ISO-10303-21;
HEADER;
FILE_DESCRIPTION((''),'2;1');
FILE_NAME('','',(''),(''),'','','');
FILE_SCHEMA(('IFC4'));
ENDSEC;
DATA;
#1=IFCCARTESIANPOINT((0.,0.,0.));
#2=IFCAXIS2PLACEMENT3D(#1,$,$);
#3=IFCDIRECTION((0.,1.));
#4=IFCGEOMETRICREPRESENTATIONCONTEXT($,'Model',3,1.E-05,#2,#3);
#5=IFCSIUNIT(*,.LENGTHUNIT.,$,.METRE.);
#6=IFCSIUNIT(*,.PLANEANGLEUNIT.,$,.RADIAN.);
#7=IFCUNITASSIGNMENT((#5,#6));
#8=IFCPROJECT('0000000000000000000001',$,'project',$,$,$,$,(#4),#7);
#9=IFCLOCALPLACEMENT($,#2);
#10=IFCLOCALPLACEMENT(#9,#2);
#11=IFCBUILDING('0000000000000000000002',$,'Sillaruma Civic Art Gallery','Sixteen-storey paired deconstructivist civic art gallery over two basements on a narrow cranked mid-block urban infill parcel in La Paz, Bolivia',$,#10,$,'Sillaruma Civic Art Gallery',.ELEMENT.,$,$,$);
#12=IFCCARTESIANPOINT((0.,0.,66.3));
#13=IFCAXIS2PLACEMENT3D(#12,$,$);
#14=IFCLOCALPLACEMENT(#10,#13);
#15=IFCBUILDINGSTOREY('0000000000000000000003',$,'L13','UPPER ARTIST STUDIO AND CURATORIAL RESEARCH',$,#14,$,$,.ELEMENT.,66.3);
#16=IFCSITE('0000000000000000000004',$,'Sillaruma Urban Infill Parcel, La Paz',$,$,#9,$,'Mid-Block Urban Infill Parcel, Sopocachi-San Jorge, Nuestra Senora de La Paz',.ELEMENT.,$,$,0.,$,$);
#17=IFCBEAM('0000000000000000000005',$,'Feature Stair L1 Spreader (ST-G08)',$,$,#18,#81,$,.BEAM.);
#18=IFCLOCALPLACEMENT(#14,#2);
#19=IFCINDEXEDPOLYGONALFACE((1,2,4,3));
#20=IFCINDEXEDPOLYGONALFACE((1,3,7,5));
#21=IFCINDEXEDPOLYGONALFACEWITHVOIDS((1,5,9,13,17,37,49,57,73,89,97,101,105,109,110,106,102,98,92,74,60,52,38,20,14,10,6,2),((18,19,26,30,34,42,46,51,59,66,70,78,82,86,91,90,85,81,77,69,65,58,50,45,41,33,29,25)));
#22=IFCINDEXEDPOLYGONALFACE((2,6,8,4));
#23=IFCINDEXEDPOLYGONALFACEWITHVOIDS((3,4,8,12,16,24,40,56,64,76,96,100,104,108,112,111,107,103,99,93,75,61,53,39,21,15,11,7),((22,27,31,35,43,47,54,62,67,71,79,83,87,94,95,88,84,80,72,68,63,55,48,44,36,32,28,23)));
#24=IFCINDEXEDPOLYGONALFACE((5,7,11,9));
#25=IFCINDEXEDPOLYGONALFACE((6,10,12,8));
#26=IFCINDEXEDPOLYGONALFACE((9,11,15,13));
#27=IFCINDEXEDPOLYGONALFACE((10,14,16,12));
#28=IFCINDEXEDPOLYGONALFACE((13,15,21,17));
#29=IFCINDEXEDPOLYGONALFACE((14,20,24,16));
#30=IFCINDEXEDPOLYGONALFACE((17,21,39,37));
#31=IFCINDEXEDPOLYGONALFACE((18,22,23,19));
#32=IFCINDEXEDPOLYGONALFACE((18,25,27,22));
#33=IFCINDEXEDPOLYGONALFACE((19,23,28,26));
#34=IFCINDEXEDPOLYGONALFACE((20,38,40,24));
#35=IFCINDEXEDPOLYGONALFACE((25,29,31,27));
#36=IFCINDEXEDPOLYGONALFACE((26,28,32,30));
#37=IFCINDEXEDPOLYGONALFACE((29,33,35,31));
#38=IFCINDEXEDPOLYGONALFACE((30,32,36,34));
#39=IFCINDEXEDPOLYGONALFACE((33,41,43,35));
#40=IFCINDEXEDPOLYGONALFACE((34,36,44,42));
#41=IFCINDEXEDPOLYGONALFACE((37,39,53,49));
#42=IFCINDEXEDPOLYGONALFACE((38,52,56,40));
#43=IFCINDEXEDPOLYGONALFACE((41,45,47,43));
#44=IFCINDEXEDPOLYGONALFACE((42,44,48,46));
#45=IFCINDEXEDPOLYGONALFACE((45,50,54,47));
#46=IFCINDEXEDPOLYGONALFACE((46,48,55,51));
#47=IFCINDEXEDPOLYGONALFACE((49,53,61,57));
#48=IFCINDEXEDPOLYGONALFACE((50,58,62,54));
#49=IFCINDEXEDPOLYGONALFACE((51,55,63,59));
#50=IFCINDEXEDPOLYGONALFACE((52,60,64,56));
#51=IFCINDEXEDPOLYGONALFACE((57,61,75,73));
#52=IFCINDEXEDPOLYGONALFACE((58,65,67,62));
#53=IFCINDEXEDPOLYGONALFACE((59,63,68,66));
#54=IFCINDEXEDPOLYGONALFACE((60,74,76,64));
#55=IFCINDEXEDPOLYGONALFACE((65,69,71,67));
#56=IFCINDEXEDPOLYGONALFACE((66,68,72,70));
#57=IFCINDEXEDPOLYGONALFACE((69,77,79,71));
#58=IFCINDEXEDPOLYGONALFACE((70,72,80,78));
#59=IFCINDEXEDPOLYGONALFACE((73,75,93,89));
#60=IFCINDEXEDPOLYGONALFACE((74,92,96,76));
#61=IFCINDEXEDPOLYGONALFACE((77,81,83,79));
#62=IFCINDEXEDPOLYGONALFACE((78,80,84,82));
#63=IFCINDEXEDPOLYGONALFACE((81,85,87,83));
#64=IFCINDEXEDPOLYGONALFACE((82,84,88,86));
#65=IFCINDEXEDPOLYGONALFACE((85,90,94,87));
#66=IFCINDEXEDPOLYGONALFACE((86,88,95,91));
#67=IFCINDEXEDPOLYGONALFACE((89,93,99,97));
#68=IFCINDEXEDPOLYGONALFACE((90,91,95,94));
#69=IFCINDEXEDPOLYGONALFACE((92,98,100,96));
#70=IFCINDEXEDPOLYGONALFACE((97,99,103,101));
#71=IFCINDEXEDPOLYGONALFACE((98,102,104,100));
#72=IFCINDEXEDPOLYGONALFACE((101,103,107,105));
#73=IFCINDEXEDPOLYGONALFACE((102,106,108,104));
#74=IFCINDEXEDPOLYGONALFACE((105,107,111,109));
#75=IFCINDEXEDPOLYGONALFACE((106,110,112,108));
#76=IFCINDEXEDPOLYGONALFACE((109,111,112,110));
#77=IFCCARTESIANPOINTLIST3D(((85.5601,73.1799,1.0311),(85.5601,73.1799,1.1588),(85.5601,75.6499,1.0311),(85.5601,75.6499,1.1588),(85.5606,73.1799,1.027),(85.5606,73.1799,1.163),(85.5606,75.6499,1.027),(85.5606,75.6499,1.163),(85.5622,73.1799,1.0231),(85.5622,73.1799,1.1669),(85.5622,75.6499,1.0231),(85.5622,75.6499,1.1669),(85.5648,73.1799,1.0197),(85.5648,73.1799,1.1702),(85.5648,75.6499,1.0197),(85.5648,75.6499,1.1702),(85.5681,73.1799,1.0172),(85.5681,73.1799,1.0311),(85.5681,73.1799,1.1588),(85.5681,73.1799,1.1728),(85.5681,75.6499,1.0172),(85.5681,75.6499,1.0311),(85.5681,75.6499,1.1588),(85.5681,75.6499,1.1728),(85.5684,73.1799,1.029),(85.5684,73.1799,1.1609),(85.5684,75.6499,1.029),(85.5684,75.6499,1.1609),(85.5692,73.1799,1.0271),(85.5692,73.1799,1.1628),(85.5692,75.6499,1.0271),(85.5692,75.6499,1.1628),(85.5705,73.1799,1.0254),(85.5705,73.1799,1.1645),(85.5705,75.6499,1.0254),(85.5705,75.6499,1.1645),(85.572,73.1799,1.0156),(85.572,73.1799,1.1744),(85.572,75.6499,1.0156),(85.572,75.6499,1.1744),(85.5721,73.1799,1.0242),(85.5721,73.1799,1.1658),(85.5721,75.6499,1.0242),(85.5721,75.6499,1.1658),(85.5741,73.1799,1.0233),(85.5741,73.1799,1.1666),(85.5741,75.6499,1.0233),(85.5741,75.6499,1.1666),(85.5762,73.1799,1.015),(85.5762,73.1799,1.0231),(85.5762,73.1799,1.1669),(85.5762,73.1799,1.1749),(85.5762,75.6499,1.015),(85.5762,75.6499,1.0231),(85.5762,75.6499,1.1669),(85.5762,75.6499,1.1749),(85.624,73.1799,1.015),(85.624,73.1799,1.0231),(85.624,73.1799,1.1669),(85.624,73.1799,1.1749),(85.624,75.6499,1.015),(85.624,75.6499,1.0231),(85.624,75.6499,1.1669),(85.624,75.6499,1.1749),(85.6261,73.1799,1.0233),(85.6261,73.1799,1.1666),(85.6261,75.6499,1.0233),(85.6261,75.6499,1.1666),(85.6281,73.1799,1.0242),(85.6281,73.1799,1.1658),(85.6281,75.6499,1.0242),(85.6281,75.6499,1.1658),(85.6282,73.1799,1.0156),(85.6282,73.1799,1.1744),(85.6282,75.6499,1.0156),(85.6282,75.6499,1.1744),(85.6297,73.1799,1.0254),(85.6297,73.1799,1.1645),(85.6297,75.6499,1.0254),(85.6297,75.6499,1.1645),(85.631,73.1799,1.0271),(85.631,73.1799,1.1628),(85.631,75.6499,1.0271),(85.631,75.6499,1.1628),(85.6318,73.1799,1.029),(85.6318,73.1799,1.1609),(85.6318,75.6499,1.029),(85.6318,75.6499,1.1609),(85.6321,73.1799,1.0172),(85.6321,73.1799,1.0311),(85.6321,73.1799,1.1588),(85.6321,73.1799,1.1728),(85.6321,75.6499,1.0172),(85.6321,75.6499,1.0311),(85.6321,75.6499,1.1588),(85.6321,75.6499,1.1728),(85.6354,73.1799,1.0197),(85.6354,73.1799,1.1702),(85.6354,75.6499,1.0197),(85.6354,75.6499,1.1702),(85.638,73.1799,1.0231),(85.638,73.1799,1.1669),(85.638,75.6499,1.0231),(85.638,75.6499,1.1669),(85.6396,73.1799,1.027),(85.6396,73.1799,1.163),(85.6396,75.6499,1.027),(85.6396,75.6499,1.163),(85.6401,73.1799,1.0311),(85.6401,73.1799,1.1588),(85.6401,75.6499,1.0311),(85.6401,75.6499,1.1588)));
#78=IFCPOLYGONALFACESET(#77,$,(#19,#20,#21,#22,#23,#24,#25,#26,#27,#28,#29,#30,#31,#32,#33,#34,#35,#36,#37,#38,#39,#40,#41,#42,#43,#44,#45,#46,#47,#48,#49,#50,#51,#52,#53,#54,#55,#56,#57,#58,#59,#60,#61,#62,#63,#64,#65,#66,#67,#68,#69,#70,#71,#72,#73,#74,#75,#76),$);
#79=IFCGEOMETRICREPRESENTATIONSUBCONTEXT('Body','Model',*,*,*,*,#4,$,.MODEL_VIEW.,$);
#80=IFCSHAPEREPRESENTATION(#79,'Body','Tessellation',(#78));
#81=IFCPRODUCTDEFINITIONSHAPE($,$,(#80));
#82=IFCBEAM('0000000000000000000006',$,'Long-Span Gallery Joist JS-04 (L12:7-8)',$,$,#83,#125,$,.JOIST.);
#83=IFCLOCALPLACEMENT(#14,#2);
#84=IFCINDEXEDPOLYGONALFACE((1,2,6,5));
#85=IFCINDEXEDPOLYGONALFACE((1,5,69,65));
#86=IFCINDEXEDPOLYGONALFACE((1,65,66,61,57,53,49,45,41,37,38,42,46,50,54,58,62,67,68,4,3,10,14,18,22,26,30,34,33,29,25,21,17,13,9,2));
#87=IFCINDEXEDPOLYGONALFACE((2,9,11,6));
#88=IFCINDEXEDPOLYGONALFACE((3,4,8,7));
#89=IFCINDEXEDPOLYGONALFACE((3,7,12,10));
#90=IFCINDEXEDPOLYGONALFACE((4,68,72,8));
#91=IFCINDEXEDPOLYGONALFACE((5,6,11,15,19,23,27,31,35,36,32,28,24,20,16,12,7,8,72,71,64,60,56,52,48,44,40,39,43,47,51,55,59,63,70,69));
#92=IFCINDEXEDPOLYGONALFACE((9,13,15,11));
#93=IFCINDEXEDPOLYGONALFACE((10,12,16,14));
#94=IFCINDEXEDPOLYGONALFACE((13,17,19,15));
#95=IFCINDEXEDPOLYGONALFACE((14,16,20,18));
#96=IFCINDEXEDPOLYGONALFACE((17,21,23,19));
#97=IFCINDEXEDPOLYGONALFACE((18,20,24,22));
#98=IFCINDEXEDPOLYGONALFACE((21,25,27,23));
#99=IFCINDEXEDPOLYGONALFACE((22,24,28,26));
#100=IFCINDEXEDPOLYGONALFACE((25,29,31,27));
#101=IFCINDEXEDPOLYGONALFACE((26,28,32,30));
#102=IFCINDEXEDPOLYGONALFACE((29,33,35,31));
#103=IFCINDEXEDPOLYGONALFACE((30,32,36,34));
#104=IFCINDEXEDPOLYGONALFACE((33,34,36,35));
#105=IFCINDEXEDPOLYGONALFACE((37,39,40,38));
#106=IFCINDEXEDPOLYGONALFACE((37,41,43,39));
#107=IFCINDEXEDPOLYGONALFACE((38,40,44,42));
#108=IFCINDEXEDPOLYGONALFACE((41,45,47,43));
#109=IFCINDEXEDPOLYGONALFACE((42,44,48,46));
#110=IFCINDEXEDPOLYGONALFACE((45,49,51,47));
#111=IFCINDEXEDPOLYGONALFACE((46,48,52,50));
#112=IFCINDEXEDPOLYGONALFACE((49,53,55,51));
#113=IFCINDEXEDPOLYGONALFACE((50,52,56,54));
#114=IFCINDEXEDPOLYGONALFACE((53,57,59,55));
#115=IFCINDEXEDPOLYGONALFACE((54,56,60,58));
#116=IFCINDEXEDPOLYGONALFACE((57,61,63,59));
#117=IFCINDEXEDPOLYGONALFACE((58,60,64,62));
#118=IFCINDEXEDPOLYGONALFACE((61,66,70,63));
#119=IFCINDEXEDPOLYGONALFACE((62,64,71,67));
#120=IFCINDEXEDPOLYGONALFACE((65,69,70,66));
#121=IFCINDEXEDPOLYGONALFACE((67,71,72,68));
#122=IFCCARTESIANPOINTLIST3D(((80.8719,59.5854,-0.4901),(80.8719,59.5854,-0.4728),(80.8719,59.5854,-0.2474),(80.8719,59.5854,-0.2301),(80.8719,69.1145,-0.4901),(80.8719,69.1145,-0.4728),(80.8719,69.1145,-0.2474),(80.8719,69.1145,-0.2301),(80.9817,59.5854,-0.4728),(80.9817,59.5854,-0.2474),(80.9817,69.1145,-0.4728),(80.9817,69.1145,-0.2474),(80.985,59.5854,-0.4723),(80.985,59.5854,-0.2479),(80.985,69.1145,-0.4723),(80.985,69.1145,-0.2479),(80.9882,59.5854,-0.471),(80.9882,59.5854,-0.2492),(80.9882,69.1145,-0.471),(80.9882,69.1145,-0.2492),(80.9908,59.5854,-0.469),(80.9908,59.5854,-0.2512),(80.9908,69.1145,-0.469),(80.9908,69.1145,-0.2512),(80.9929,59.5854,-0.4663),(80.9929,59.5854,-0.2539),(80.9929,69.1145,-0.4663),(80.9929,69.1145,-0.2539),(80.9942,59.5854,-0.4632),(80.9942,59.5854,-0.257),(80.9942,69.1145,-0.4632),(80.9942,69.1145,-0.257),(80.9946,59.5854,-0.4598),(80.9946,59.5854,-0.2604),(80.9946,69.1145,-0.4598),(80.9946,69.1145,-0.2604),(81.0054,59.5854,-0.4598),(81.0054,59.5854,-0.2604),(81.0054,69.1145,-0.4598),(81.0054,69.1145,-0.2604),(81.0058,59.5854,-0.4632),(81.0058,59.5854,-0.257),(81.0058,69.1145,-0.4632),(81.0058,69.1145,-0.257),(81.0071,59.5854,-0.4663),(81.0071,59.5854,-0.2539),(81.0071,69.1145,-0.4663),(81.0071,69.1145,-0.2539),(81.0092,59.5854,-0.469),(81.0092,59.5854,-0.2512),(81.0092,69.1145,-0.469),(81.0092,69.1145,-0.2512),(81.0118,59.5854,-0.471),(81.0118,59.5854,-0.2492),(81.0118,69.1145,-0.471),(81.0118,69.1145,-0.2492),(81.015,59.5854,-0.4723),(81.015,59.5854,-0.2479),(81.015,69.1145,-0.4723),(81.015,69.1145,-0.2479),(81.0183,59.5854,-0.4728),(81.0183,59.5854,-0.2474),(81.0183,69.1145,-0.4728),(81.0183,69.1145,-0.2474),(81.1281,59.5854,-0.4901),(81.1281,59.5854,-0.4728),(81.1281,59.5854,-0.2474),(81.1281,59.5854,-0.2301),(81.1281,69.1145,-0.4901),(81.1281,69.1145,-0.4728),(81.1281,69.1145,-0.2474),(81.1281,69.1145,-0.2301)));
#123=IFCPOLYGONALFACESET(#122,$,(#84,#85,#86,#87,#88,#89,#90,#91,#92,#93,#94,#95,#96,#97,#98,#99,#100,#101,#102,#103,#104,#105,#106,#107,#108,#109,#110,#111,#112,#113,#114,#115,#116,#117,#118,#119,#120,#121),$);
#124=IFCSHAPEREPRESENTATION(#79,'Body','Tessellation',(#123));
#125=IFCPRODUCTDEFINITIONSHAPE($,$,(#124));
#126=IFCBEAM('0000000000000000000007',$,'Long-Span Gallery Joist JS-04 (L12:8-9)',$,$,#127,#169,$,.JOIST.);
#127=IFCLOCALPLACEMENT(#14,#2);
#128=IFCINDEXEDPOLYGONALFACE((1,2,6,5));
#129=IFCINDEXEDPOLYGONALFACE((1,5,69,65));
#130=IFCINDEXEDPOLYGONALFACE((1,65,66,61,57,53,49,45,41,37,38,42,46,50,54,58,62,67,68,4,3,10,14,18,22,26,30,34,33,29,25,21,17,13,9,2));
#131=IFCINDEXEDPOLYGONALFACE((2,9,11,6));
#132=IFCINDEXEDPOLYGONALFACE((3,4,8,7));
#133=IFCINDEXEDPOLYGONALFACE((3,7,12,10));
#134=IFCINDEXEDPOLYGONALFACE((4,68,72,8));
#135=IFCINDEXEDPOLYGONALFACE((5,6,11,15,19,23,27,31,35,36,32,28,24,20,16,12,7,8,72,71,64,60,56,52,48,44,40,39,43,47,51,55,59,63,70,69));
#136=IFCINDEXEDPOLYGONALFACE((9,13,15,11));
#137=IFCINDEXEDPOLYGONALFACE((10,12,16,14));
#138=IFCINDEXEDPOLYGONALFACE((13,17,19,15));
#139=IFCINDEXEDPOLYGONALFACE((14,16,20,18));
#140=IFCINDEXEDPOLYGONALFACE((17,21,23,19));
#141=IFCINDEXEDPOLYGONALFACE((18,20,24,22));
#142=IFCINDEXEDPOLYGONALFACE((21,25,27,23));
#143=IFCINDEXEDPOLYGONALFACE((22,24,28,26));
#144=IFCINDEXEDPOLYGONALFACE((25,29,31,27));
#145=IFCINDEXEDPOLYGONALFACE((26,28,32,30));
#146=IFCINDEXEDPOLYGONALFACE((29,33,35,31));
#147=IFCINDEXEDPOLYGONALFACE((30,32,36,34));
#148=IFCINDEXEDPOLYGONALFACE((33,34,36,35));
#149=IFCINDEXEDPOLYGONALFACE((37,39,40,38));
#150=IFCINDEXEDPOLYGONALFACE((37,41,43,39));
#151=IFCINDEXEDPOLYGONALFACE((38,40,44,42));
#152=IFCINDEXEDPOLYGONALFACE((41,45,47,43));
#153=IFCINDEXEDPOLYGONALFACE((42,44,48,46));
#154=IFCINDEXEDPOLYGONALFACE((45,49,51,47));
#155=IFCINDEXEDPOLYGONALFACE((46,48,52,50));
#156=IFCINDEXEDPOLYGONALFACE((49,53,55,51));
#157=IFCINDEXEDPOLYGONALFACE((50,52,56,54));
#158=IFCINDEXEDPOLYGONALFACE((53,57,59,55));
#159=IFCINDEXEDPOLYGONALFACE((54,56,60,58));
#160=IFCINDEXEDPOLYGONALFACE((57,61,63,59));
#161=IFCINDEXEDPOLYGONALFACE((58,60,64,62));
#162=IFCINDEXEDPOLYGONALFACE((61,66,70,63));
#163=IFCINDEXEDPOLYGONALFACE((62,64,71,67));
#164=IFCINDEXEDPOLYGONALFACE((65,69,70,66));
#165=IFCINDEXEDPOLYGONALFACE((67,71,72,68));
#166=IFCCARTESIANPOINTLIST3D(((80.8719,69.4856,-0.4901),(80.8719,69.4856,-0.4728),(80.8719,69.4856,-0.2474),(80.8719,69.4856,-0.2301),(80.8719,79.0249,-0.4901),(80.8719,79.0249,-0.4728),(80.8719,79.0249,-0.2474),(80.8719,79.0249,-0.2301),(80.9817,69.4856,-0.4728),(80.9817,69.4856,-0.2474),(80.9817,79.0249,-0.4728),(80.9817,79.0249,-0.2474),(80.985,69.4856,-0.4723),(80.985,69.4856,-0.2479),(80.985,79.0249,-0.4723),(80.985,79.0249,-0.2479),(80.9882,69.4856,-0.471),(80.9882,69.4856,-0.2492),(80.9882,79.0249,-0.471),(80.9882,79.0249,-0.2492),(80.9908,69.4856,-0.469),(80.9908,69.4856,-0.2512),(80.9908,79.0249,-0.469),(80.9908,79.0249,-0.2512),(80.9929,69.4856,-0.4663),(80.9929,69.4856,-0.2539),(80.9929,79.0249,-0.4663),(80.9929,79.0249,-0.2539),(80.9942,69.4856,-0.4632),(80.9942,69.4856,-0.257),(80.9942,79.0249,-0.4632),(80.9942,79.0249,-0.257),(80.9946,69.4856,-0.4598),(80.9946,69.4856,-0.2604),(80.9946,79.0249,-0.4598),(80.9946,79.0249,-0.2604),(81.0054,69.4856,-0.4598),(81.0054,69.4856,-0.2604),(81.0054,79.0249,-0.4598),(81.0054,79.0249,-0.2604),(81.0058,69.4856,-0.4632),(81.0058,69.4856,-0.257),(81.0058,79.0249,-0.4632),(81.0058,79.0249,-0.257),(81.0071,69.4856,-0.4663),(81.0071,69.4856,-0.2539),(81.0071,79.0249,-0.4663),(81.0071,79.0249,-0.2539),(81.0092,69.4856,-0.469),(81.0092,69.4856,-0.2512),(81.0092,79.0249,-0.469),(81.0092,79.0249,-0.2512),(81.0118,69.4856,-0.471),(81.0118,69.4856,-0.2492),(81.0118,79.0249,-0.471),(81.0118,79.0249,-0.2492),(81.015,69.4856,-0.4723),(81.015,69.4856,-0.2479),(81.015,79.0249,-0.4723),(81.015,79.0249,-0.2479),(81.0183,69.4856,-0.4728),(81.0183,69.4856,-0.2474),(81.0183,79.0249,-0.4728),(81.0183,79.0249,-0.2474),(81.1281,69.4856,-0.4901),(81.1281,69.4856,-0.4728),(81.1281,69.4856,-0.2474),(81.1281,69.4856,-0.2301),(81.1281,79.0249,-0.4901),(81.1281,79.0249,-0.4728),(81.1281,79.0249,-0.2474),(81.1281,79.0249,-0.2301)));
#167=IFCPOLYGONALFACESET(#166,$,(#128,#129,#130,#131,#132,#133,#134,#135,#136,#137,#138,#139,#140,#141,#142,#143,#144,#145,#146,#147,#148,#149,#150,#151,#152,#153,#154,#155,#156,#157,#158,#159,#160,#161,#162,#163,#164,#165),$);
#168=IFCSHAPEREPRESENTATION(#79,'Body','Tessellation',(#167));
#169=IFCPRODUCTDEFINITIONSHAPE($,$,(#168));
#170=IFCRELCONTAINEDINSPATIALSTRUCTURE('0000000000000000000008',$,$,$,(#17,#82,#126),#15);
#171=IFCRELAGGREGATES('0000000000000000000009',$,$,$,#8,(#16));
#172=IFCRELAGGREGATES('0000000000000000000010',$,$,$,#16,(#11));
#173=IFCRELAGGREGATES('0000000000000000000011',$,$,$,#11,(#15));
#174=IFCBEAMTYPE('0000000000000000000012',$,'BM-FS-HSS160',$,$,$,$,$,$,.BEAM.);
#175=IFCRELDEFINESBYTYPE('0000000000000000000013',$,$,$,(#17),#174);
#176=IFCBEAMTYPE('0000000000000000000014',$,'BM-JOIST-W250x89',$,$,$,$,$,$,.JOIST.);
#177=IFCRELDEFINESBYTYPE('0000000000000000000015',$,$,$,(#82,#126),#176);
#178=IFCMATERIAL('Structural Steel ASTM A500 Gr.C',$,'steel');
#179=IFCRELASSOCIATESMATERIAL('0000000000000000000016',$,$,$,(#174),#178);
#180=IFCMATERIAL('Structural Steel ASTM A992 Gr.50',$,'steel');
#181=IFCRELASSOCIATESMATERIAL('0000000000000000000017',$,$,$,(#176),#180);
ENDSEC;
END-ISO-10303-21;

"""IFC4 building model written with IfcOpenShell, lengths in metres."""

from ifc_helpers import new_model, si_unit, direction, frame, origin, origin_2d, place, context, subcontext, project, spatial, hollow_rectangle, i_section, extrude, material, material_profile, profile_set, type_object, element, save


model = new_model("IFC4")

# Units and contexts
model_context = context("Model", 3, precision=1e-05, world=origin(), true_north=direction((0.0, 1.0)))
body_context = subcontext(model_context, "Body", "Model", "MODEL_VIEW")
ifc_project = project(units=[si_unit("LENGTHUNIT", "METRE"), si_unit("PLANEANGLEUNIT", "RADIAN")], contexts=[model_context])

# Site, building, storey
site_placement = place(None, origin())
site = spatial("IfcSite", under=ifc_project, at=site_placement, Name="Sillaruma Urban Infill Parcel, La Paz", LongName="Mid-Block Urban Infill Parcel, Sopocachi-San Jorge, Nuestra Senora de La Paz", CompositionType="ELEMENT", RefElevation=0.0)
building_placement = place(site_placement, origin())
building = spatial("IfcBuilding", under=site, at=building_placement, Name="Sillaruma Civic Art Gallery", Description="Sixteen-storey paired deconstructivist civic art gallery over two basements on a narrow cranked mid-block urban infill parcel in La Paz, Bolivia", LongName="Sillaruma Civic Art Gallery", CompositionType="ELEMENT")
storey_placement = place(building_placement, frame((0.0, 0.0, 66.3)))
storey = spatial("IfcBuildingStorey", under=building, at=storey_placement, Name="L13", Description="UPPER ARTIST STUDIO AND CURATORIAL RESEARCH", CompositionType="ELEMENT", Elevation=66.3)

# Beams
ifc_material_1 = material(Name="Structural Steel ASTM A500 Gr.C", Category="steel")
ifc_material_profile_1 = material_profile(ifc_material_1, hollow_rectangle(XDim=0.0801, YDim=0.1599, WallThickness=0.0081, InnerFilletRadius=0.0081, OuterFilletRadius=0.0161, at=origin_2d()), Name="HSS160x80x8")
ifc_profile_set_1 = profile_set([ifc_material_profile_1], Name="Structural Steel ASTM A500 Gr.C")
beam_type_1 = type_object("IfcBeamType", Name="BM-FS-HSS160", PredefinedType="BEAM", material=ifc_profile_set_1)
beam_1_placement = place(storey_placement, frame((85.6001, 73.1799, 1.095), z_axis=(0.0, 1.0, 0.0), x_axis=(-1.0, 0.0, 0.0)))
element("IfcBeam", 1, at=beam_1_placement, inside=storey, type_object=beam_type_1, Name="Feature Stair L1 Spreader (ST-G08)", PredefinedType="BEAM", context=body_context, shape_type="SweptSolid", body=[
    extrude(hollow_rectangle(XDim=0.0801, YDim=0.1599, WallThickness=0.0081, InnerFilletRadius=0.0081, OuterFilletRadius=0.0161, at=origin_2d()), origin(), (0.0, 0.0, 1.0), 2.47),
])
ifc_material_2 = material(Name="Structural Steel ASTM A992 Gr.50", Category="steel")
ifc_material_profile_2 = material_profile(ifc_material_2, i_section(OverallWidth=0.2561, OverallDepth=0.26, WebThickness=0.0107, FlangeThickness=0.0173, FilletRadius=0.0129, at=origin_2d()), Name="W250x89")
ifc_profile_set_2 = profile_set([ifc_material_profile_2], Name="Structural Steel ASTM A992 Gr.50")
beam_type_2 = type_object("IfcBeamType", Name="BM-JOIST-W250x89", PredefinedType="JOIST", material=ifc_profile_set_2)
beam_2_placement = place(storey_placement, frame((81.0, 59.5854, -0.3601), z_axis=(0.0, 1.0, 0.0), x_axis=(-1.0, 0.0, 0.0)))
element("IfcBeam", 2, at=beam_2_placement, inside=storey, type_object=beam_type_2, Name="Long-Span Gallery Joist JS-04 (L12:7-8)", PredefinedType="JOIST", context=body_context, shape_type="SweptSolid", body=[
    extrude(i_section(OverallWidth=0.2561, OverallDepth=0.26, WebThickness=0.0107, FlangeThickness=0.0173, FilletRadius=0.0129, at=origin_2d()), origin(), (0.0, 0.0, 1.0), 9.5291),
])
beam_3_placement = place(storey_placement, frame((81.0, 69.4856, -0.3601), z_axis=(0.0, 1.0, 0.0), x_axis=(-1.0, 0.0, 0.0)))
element("IfcBeam", 3, at=beam_3_placement, inside=storey, type_object=beam_type_2, Name="Long-Span Gallery Joist JS-04 (L12:8-9)", PredefinedType="JOIST", context=body_context, shape_type="SweptSolid", body=[
    extrude(i_section(OverallWidth=0.2561, OverallDepth=0.26, WebThickness=0.0107, FlangeThickness=0.0173, FilletRadius=0.0129, at=origin_2d()), origin(), (0.0, 0.0, 1.0), 9.5393),
])

save(model, "model.ifc")
